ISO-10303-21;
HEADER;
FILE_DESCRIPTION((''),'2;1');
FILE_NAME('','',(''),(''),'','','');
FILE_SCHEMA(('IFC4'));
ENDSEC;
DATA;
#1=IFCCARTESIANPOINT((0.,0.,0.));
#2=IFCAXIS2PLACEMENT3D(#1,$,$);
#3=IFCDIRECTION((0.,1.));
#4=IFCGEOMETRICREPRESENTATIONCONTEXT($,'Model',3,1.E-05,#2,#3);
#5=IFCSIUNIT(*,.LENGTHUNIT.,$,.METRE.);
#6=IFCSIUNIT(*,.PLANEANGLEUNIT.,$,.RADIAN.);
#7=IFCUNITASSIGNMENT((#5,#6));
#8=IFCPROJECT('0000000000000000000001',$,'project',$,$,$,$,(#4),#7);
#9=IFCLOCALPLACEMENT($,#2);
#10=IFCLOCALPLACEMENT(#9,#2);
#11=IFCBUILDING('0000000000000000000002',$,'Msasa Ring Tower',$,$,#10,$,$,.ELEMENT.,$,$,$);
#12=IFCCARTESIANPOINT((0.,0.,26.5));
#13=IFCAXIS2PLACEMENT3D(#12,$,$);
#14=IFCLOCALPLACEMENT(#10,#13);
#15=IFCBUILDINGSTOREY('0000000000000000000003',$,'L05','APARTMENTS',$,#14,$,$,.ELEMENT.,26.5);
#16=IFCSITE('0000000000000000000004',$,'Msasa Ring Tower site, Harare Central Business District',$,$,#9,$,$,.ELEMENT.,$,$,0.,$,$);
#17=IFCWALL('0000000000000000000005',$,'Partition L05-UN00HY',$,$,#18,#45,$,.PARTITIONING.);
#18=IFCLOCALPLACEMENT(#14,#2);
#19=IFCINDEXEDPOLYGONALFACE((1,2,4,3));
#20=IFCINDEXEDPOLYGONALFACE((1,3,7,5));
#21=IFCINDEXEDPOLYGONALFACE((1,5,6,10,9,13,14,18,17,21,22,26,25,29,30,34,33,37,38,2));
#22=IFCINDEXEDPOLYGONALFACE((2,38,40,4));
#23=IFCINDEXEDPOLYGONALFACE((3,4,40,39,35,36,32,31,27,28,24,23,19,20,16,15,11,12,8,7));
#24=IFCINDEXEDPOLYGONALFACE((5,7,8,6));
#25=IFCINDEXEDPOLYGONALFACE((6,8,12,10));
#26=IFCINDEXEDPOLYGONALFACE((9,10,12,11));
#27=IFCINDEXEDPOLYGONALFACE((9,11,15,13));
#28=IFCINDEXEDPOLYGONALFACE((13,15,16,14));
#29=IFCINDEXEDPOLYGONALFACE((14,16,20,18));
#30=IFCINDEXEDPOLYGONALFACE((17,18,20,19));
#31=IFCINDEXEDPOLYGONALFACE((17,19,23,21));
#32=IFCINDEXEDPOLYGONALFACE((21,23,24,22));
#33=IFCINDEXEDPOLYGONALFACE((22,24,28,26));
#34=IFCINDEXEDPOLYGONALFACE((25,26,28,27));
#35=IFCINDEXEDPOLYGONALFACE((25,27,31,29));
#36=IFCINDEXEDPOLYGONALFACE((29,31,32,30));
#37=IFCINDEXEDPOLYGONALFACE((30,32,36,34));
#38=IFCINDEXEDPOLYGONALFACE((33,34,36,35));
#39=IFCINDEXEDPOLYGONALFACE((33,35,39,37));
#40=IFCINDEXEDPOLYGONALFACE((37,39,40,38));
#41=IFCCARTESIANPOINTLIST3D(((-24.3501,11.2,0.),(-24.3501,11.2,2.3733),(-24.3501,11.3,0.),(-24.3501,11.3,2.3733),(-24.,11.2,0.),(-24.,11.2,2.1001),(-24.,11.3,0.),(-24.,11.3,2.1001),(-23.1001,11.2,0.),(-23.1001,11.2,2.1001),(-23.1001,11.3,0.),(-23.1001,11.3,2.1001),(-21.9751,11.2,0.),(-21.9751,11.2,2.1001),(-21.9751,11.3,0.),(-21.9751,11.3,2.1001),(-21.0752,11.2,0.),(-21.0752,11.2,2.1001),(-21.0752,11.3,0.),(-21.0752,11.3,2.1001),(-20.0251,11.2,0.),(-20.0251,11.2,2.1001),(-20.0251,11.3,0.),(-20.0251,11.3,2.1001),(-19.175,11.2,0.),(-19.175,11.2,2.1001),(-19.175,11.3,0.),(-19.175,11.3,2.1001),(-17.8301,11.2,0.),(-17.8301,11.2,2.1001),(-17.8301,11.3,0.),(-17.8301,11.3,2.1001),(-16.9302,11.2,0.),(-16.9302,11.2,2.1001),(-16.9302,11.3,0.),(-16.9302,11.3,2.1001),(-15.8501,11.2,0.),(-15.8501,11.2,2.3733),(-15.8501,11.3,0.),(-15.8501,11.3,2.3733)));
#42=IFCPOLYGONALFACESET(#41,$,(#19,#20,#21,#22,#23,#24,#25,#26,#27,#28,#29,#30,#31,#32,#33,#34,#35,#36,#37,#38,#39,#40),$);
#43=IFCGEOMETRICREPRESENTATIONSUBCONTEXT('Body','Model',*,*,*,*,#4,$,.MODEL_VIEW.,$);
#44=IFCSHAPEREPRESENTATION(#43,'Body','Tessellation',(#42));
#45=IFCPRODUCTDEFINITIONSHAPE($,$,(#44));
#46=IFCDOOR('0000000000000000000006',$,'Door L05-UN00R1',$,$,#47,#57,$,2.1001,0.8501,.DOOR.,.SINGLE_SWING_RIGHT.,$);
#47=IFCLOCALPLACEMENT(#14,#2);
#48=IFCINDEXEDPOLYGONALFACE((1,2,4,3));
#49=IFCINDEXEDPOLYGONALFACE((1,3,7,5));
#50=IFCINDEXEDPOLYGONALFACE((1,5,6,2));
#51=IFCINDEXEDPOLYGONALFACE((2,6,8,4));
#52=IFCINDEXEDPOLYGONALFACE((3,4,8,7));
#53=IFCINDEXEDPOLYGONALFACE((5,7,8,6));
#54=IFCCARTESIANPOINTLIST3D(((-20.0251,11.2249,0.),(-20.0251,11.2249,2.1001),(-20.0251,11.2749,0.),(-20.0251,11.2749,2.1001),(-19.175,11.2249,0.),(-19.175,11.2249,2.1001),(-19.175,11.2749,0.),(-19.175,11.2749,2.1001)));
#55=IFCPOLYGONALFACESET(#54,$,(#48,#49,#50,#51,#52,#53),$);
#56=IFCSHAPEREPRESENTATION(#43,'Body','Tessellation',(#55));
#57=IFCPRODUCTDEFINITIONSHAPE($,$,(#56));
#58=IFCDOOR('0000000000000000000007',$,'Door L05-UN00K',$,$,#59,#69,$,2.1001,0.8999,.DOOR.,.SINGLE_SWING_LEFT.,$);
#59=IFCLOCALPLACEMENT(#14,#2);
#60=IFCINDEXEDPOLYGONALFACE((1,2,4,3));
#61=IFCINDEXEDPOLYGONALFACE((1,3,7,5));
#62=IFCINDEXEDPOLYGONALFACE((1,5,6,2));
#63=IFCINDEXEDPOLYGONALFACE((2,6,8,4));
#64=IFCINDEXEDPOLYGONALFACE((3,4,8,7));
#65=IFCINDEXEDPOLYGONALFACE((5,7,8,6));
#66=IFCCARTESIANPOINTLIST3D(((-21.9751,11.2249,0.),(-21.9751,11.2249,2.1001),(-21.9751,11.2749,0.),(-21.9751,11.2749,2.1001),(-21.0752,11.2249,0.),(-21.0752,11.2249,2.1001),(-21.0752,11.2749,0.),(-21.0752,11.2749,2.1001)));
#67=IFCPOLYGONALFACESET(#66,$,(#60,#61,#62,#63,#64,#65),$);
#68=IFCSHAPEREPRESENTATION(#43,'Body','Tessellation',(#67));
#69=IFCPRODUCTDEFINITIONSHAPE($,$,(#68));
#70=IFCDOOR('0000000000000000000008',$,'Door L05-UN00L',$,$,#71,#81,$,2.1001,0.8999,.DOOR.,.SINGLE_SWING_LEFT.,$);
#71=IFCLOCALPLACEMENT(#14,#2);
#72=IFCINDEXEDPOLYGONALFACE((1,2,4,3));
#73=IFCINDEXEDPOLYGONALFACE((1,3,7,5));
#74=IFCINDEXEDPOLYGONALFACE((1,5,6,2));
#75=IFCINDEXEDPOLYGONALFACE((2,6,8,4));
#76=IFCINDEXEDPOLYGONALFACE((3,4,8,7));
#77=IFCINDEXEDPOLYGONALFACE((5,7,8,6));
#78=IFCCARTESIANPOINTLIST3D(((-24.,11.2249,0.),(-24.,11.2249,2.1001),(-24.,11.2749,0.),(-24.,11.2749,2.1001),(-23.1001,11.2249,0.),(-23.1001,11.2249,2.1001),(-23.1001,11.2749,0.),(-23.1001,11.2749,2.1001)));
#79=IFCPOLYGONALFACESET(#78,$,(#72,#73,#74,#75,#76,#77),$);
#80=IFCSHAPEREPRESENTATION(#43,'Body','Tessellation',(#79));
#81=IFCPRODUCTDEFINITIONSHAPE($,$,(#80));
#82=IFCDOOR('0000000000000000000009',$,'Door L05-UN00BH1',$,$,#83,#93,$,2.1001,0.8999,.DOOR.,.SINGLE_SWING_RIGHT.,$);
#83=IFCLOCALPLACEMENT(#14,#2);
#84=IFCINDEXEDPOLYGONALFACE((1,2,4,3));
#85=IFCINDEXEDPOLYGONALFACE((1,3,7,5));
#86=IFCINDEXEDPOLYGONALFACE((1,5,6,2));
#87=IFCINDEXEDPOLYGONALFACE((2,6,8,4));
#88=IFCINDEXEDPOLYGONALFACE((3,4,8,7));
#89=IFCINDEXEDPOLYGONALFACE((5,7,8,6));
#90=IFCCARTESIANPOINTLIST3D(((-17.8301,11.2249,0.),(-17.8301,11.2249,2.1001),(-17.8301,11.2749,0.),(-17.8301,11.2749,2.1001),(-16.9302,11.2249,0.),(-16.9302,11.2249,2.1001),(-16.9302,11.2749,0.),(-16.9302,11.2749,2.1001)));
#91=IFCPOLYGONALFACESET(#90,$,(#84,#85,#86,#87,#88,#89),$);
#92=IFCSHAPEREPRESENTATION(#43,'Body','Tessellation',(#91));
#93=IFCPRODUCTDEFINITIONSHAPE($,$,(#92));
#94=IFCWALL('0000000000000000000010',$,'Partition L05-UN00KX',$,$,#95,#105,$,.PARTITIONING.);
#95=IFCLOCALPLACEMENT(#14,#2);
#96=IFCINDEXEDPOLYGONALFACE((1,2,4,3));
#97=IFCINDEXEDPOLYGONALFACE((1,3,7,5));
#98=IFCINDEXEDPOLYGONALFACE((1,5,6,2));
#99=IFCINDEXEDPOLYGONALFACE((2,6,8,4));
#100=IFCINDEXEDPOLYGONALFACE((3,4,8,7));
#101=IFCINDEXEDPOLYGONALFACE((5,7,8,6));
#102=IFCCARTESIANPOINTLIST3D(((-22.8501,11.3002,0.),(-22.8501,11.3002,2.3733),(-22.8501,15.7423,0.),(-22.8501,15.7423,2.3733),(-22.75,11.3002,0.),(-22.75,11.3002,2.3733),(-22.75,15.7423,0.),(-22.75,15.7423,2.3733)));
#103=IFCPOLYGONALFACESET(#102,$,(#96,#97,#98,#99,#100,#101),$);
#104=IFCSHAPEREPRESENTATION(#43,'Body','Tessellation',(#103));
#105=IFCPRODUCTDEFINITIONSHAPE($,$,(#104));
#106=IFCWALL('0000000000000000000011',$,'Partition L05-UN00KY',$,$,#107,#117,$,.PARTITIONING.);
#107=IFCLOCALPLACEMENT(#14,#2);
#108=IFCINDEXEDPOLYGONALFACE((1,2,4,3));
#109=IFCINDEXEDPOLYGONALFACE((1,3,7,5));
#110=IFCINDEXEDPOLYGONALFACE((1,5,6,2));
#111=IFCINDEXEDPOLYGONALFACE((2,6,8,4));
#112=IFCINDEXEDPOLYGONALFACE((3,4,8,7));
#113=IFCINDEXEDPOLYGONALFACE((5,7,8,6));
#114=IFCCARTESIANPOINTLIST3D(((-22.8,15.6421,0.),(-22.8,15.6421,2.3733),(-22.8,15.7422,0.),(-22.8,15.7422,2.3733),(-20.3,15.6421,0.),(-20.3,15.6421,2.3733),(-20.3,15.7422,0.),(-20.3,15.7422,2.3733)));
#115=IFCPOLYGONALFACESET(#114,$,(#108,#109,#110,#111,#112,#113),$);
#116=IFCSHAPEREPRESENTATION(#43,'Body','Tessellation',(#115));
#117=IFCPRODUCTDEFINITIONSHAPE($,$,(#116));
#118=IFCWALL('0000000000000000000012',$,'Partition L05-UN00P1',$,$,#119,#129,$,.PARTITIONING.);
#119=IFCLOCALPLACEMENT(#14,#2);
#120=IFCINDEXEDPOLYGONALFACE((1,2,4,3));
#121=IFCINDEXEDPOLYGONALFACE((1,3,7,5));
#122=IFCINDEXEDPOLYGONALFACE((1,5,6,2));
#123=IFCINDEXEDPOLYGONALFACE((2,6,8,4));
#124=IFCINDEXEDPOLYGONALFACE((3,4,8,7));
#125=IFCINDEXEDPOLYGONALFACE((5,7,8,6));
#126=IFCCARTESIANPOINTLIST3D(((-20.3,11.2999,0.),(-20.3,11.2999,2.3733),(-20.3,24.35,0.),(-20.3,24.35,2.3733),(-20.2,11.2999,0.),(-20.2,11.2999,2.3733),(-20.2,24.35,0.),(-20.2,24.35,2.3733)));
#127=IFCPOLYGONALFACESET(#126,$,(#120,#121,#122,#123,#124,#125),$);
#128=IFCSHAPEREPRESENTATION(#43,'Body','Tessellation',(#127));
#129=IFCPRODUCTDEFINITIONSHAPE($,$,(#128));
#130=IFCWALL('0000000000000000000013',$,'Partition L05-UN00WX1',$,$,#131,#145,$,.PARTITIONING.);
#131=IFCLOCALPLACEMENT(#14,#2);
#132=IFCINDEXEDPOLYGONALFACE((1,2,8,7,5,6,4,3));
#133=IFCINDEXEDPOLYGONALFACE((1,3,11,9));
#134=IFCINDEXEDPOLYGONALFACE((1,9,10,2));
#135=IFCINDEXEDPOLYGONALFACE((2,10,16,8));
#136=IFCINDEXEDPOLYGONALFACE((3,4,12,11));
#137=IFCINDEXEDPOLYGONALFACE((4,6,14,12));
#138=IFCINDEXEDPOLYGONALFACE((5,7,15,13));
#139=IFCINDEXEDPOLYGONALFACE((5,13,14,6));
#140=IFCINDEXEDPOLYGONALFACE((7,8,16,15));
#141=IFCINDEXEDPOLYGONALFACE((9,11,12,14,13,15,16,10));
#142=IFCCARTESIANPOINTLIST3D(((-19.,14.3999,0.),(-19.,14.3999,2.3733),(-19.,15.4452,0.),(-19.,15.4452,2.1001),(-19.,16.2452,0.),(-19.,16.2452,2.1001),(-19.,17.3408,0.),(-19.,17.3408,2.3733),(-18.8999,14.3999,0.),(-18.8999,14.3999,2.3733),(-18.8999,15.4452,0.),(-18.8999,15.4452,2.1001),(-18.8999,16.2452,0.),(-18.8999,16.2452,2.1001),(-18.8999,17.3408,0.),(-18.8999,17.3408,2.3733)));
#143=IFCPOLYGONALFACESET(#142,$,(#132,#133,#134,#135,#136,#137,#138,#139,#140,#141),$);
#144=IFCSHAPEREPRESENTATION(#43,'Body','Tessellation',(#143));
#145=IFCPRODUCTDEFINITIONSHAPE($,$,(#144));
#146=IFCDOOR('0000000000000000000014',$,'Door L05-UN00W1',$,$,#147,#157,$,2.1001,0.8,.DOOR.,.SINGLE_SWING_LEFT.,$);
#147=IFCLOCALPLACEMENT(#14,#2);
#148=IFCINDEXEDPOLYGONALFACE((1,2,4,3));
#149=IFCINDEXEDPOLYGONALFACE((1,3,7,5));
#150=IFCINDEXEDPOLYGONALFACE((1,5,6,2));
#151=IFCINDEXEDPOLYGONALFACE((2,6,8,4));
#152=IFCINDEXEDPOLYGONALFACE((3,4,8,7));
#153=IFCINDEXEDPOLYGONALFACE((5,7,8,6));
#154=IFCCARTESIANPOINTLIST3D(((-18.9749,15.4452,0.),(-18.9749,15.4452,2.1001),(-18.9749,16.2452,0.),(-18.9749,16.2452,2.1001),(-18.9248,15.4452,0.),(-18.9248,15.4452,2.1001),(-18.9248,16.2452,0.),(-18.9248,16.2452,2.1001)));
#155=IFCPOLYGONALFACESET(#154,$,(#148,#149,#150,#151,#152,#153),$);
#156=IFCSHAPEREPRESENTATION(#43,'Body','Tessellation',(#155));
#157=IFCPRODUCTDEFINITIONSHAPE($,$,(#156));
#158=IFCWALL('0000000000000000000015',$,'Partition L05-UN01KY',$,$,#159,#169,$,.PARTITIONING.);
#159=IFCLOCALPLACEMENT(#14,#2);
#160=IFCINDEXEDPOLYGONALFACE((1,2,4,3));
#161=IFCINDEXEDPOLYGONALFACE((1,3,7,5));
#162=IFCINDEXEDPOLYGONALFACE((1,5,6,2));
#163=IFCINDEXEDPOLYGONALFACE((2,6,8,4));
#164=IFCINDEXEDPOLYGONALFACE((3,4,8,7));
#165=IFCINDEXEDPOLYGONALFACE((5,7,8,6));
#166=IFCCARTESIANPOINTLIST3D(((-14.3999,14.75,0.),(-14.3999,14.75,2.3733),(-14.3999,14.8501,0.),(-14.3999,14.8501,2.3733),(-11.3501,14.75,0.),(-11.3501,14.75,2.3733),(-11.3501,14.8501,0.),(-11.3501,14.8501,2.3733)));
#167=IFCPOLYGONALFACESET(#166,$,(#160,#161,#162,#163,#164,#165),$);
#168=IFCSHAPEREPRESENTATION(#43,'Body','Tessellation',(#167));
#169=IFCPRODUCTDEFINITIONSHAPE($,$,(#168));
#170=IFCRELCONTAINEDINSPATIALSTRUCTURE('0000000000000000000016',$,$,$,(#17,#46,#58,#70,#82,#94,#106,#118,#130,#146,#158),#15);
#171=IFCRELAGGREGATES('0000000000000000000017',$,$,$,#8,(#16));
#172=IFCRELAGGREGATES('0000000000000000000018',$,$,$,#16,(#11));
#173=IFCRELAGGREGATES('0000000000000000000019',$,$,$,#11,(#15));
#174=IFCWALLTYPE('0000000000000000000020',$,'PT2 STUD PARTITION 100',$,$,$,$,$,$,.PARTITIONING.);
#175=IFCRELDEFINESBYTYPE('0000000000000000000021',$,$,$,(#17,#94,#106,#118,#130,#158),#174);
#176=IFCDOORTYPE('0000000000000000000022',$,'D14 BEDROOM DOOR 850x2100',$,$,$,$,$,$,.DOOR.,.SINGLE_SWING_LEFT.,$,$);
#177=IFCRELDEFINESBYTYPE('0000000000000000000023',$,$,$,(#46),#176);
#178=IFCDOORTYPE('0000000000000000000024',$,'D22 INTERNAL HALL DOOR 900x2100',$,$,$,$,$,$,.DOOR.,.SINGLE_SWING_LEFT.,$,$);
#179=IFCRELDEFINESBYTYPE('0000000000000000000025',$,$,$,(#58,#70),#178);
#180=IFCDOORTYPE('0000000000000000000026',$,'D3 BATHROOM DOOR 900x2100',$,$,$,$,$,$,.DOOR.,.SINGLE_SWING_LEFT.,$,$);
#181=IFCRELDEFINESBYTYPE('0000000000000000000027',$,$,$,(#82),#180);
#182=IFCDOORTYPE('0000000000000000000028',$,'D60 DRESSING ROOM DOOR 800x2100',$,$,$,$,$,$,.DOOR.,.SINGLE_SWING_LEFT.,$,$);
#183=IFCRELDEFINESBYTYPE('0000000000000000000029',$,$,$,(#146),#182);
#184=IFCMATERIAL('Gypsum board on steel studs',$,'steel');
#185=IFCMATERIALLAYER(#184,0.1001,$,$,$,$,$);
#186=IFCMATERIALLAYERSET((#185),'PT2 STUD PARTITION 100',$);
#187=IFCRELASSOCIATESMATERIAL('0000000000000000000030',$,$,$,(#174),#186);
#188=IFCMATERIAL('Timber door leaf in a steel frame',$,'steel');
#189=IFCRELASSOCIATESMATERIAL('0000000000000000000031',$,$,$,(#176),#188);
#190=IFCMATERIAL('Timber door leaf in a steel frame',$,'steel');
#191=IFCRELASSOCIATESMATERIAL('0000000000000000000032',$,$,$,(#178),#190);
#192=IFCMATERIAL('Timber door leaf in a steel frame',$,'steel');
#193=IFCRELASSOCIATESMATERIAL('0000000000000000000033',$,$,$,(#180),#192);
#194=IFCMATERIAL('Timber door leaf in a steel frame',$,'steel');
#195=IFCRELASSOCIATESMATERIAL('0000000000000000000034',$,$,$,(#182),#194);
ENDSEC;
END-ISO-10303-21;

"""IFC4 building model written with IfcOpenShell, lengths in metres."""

from ifc_helpers import new_model, si_unit, direction, frame, frame_2d, origin, place, context, subcontext, project, spatial, rectangle, extrude, material, layer, layer_set, type_object, element, fill, save


model = new_model("IFC4")

# Units and contexts
model_context = context("Model", 3, precision=1e-05, world=origin(), true_north=direction((0.0, 1.0)))
body_context = subcontext(model_context, "Body", "Model", "MODEL_VIEW")
ifc_project = project(units=[si_unit("LENGTHUNIT", "METRE"), si_unit("PLANEANGLEUNIT", "RADIAN")], contexts=[model_context])

# Site, building, storey
site_placement = place(None, origin())
site = spatial("IfcSite", under=ifc_project, at=site_placement, Name="Msasa Ring Tower site, Harare Central Business District", CompositionType="ELEMENT", RefElevation=0.0)
building_placement = place(site_placement, origin())
building = spatial("IfcBuilding", under=site, at=building_placement, Name="Msasa Ring Tower", CompositionType="ELEMENT")
storey_placement = place(building_placement, frame((0.0, 0.0, 26.5)))
storey = spatial("IfcBuildingStorey", under=building, at=storey_placement, Name="L05", Description="APARTMENTS", CompositionType="ELEMENT", Elevation=26.5)

# Wall, openings, doors
ifc_material_1 = material(Name="Gypsum board on steel studs", Category="steel")
ifc_layer_1 = layer(ifc_material_1, 0.1001)
ifc_layer_set_1 = layer_set([ifc_layer_1], Name="PT2 STUD PARTITION 100")
wall_type_1 = type_object("IfcWallType", Name="PT2 STUD PARTITION 100", PredefinedType="PARTITIONING", material=ifc_layer_set_1)
wall_1_placement = place(storey_placement, frame((-24.3501, 11.25, 0.0), z_axis=(0.0, 0.0, 1.0), x_axis=(1.0, 0.0, 0.0)))
wall_1 = element("IfcWall", 1, at=wall_1_placement, inside=storey, type_object=wall_type_1, Name="Partition L05-UN00HY", PredefinedType="PARTITIONING", context=body_context, shape_type="SweptSolid", body=[
    extrude(rectangle(XDim=8.5, YDim=0.1001, at=frame_2d((4.25, 0.0))), origin(), (0.0, 0.0, 1.0), 2.3733),
])
opening_1_placement = place(wall_1_placement, frame((2.375, 0.0, 0.0)))
opening_1 = element("IfcOpeningElement", 2, at=opening_1_placement, cuts=wall_1, PredefinedType="OPENING", context=body_context, shape_type="SweptSolid", body=[
    extrude(rectangle(XDim=0.8999, YDim=2.1001, at=frame_2d((0.45, 1.05))), frame((0.0, 0.0601, 0.0), z_axis=(0.0, -1.0, 0.0), x_axis=(1.0, 0.0, 0.0)), (0.0, 0.0, 1.0), 0.1201),
])
opening_2_placement = place(wall_1_placement, frame((0.3501, 0.0, 0.0)))
opening_2 = element("IfcOpeningElement", 3, at=opening_2_placement, cuts=wall_1, PredefinedType="OPENING", context=body_context, shape_type="SweptSolid", body=[
    extrude(rectangle(XDim=0.8999, YDim=2.1001, at=frame_2d((0.45, 1.05))), frame((0.0, 0.0601, 0.0), z_axis=(0.0, -1.0, 0.0), x_axis=(1.0, 0.0, 0.0)), (0.0, 0.0, 1.0), 0.1201),
])
opening_3_placement = place(wall_1_placement, frame((4.325, 0.0, 0.0)))
opening_3 = element("IfcOpeningElement", 4, at=opening_3_placement, cuts=wall_1, PredefinedType="OPENING", context=body_context, shape_type="SweptSolid", body=[
    extrude(rectangle(XDim=0.8501, YDim=2.1001, at=frame_2d((0.425, 1.05))), frame((0.0, 0.0601, 0.0), z_axis=(0.0, -1.0, 0.0), x_axis=(1.0, 0.0, 0.0)), (0.0, 0.0, 1.0), 0.1201),
])
opening_4_placement = place(wall_1_placement, frame((6.52, 0.0, 0.0)))
opening_4 = element("IfcOpeningElement", 5, at=opening_4_placement, cuts=wall_1, PredefinedType="OPENING", context=body_context, shape_type="SweptSolid", body=[
    extrude(rectangle(XDim=0.8999, YDim=2.1001, at=frame_2d((0.45, 1.05))), frame((0.0, 0.0601, 0.0), z_axis=(0.0, -1.0, 0.0), x_axis=(1.0, 0.0, 0.0)), (0.0, 0.0, 1.0), 0.1201),
])
ifc_material_2 = material(Name="Timber door leaf in a steel frame", Category="steel")
door_type_1 = type_object("IfcDoorType", Name="D14 BEDROOM DOOR 850x2100", OperationType="SINGLE_SWING_LEFT", PredefinedType="DOOR", material=ifc_material_2)
door_1_placement = place(opening_3_placement, origin())
door_1 = element("IfcDoor", 6, at=door_1_placement, inside=storey, type_object=door_type_1, Name="Door L05-UN00R1", OperationType="SINGLE_SWING_RIGHT", OverallHeight=2.1001, OverallWidth=0.8501, PredefinedType="DOOR", context=body_context, shape_type="SweptSolid", body=[
    extrude(rectangle(XDim=0.8501, YDim=2.1001, at=frame_2d((0.425, 1.05))), frame((0.0, 0.0249, 0.0), z_axis=(0.0, -1.0, 0.0), x_axis=(1.0, 0.0, 0.0)), (0.0, 0.0, 1.0), 0.05),
])
fill(opening_3, door_1)
ifc_material_3 = material(Name="Timber door leaf in a steel frame", Category="steel")
door_type_2 = type_object("IfcDoorType", Name="D22 INTERNAL HALL DOOR 900x2100", OperationType="SINGLE_SWING_LEFT", PredefinedType="DOOR", material=ifc_material_3)
door_2_placement = place(opening_1_placement, origin())
door_2 = element("IfcDoor", 7, at=door_2_placement, inside=storey, type_object=door_type_2, Name="Door L05-UN00K", OperationType="SINGLE_SWING_LEFT", OverallHeight=2.1001, OverallWidth=0.8999, PredefinedType="DOOR", context=body_context, shape_type="SweptSolid", body=[
    extrude(rectangle(XDim=0.8999, YDim=2.1001, at=frame_2d((0.45, 1.05))), frame((0.0, 0.0249, 0.0), z_axis=(0.0, -1.0, 0.0), x_axis=(1.0, 0.0, 0.0)), (0.0, 0.0, 1.0), 0.05),
])
fill(opening_1, door_2)
door_3_placement = place(opening_2_placement, origin())
door_3 = element("IfcDoor", 8, at=door_3_placement, inside=storey, type_object=door_type_2, Name="Door L05-UN00L", OperationType="SINGLE_SWING_LEFT", OverallHeight=2.1001, OverallWidth=0.8999, PredefinedType="DOOR", context=body_context, shape_type="SweptSolid", body=[
    extrude(rectangle(XDim=0.8999, YDim=2.1001, at=frame_2d((0.45, 1.05))), frame((0.0, 0.0249, 0.0), z_axis=(0.0, -1.0, 0.0), x_axis=(1.0, 0.0, 0.0)), (0.0, 0.0, 1.0), 0.05),
])
fill(opening_2, door_3)
ifc_material_4 = material(Name="Timber door leaf in a steel frame", Category="steel")
door_type_3 = type_object("IfcDoorType", Name="D3 BATHROOM DOOR 900x2100", OperationType="SINGLE_SWING_LEFT", PredefinedType="DOOR", material=ifc_material_4)
door_4_placement = place(opening_4_placement, origin())
door_4 = element("IfcDoor", 9, at=door_4_placement, inside=storey, type_object=door_type_3, Name="Door L05-UN00BH1", OperationType="SINGLE_SWING_RIGHT", OverallHeight=2.1001, OverallWidth=0.8999, PredefinedType="DOOR", context=body_context, shape_type="SweptSolid", body=[
    extrude(rectangle(XDim=0.8999, YDim=2.1001, at=frame_2d((0.45, 1.05))), frame((0.0, 0.0249, 0.0), z_axis=(0.0, -1.0, 0.0), x_axis=(1.0, 0.0, 0.0)), (0.0, 0.0, 1.0), 0.05),
])
fill(opening_4, door_4)

# Walls
wall_2_placement = place(storey_placement, frame((-22.8, 11.3, 0.0), z_axis=(0.0, 0.0, 1.0), x_axis=(0.0, 1.0, 0.0)))
element("IfcWall", 10, at=wall_2_placement, inside=storey, type_object=wall_type_1, Name="Partition L05-UN00KX", PredefinedType="PARTITIONING", context=body_context, shape_type="SweptSolid", body=[
    extrude(rectangle(XDim=4.4421, YDim=0.1001, at=frame_2d((2.2212, 0.0))), origin(), (0.0, 0.0, 1.0), 2.3733),
])
wall_3_placement = place(storey_placement, frame((-22.8, 15.6921, 0.0), z_axis=(0.0, 0.0, 1.0), x_axis=(1.0, 0.0, 0.0)))
element("IfcWall", 11, at=wall_3_placement, inside=storey, type_object=wall_type_1, Name="Partition L05-UN00KY", PredefinedType="PARTITIONING", context=body_context, shape_type="SweptSolid", body=[
    extrude(rectangle(XDim=2.5, YDim=0.1001, at=frame_2d((1.25, 0.0))), origin(), (0.0, 0.0, 1.0), 2.3733),
])
wall_4_placement = place(storey_placement, frame((-20.25, 11.3, 0.0), z_axis=(0.0, 0.0, 1.0), x_axis=(0.0, 1.0, 0.0)))
element("IfcWall", 12, at=wall_4_placement, inside=storey, type_object=wall_type_1, Name="Partition L05-UN00P1", PredefinedType="PARTITIONING", context=body_context, shape_type="SweptSolid", body=[
    extrude(rectangle(XDim=13.05, YDim=0.1001, at=frame_2d((6.5249, 0.0))), origin(), (0.0, 0.0, 1.0), 2.3733),
])

# Wall, opening, door
wall_5_placement = place(storey_placement, frame((-18.95, 14.3999, 0.0), z_axis=(0.0, 0.0, 1.0), x_axis=(0.0, 1.0, 0.0)))
wall_5 = element("IfcWall", 13, at=wall_5_placement, inside=storey, type_object=wall_type_1, Name="Partition L05-UN00WX1", PredefinedType="PARTITIONING", context=body_context, shape_type="SweptSolid", body=[
    extrude(rectangle(XDim=2.9409, YDim=0.1001, at=frame_2d((1.4705, 0.0))), origin(), (0.0, 0.0, 1.0), 2.3733),
])
opening_5_placement = place(wall_5_placement, frame((1.0454, 0.0, 0.0)))
opening_5 = element("IfcOpeningElement", 14, at=opening_5_placement, cuts=wall_5, PredefinedType="OPENING", context=body_context, shape_type="SweptSolid", body=[
    extrude(rectangle(XDim=0.8, YDim=2.1001, at=frame_2d((0.3999, 1.05))), frame((0.0, 0.0601, 0.0), z_axis=(0.0, -1.0, 0.0), x_axis=(1.0, 0.0, 0.0)), (0.0, 0.0, 1.0), 0.1201),
])
ifc_material_5 = material(Name="Timber door leaf in a steel frame", Category="steel")
door_type_4 = type_object("IfcDoorType", Name="D60 DRESSING ROOM DOOR 800x2100", OperationType="SINGLE_SWING_LEFT", PredefinedType="DOOR", material=ifc_material_5)
door_5_placement = place(opening_5_placement, origin())
door_5 = element("IfcDoor", 15, at=door_5_placement, inside=storey, type_object=door_type_4, Name="Door L05-UN00W1", OperationType="SINGLE_SWING_LEFT", OverallHeight=2.1001, OverallWidth=0.8, PredefinedType="DOOR", context=body_context, shape_type="SweptSolid", body=[
    extrude(rectangle(XDim=0.8, YDim=2.1001, at=frame_2d((0.3999, 1.05))), frame((0.0, 0.0249, 0.0), z_axis=(0.0, -1.0, 0.0), x_axis=(1.0, 0.0, 0.0)), (0.0, 0.0, 1.0), 0.05),
])
fill(opening_5, door_5)

# Wall
wall_6_placement = place(storey_placement, frame((-14.3999, 14.8, 0.0), z_axis=(0.0, 0.0, 1.0), x_axis=(1.0, 0.0, 0.0)))
element("IfcWall", 16, at=wall_6_placement, inside=storey, type_object=wall_type_1, Name="Partition L05-UN01KY", PredefinedType="PARTITIONING", context=body_context, shape_type="SweptSolid", body=[
    extrude(rectangle(XDim=3.0498, YDim=0.1001, at=frame_2d((1.5249, 0.0))), origin(), (0.0, 0.0, 1.0), 2.3733),
])

save(model, "model.ifc")
